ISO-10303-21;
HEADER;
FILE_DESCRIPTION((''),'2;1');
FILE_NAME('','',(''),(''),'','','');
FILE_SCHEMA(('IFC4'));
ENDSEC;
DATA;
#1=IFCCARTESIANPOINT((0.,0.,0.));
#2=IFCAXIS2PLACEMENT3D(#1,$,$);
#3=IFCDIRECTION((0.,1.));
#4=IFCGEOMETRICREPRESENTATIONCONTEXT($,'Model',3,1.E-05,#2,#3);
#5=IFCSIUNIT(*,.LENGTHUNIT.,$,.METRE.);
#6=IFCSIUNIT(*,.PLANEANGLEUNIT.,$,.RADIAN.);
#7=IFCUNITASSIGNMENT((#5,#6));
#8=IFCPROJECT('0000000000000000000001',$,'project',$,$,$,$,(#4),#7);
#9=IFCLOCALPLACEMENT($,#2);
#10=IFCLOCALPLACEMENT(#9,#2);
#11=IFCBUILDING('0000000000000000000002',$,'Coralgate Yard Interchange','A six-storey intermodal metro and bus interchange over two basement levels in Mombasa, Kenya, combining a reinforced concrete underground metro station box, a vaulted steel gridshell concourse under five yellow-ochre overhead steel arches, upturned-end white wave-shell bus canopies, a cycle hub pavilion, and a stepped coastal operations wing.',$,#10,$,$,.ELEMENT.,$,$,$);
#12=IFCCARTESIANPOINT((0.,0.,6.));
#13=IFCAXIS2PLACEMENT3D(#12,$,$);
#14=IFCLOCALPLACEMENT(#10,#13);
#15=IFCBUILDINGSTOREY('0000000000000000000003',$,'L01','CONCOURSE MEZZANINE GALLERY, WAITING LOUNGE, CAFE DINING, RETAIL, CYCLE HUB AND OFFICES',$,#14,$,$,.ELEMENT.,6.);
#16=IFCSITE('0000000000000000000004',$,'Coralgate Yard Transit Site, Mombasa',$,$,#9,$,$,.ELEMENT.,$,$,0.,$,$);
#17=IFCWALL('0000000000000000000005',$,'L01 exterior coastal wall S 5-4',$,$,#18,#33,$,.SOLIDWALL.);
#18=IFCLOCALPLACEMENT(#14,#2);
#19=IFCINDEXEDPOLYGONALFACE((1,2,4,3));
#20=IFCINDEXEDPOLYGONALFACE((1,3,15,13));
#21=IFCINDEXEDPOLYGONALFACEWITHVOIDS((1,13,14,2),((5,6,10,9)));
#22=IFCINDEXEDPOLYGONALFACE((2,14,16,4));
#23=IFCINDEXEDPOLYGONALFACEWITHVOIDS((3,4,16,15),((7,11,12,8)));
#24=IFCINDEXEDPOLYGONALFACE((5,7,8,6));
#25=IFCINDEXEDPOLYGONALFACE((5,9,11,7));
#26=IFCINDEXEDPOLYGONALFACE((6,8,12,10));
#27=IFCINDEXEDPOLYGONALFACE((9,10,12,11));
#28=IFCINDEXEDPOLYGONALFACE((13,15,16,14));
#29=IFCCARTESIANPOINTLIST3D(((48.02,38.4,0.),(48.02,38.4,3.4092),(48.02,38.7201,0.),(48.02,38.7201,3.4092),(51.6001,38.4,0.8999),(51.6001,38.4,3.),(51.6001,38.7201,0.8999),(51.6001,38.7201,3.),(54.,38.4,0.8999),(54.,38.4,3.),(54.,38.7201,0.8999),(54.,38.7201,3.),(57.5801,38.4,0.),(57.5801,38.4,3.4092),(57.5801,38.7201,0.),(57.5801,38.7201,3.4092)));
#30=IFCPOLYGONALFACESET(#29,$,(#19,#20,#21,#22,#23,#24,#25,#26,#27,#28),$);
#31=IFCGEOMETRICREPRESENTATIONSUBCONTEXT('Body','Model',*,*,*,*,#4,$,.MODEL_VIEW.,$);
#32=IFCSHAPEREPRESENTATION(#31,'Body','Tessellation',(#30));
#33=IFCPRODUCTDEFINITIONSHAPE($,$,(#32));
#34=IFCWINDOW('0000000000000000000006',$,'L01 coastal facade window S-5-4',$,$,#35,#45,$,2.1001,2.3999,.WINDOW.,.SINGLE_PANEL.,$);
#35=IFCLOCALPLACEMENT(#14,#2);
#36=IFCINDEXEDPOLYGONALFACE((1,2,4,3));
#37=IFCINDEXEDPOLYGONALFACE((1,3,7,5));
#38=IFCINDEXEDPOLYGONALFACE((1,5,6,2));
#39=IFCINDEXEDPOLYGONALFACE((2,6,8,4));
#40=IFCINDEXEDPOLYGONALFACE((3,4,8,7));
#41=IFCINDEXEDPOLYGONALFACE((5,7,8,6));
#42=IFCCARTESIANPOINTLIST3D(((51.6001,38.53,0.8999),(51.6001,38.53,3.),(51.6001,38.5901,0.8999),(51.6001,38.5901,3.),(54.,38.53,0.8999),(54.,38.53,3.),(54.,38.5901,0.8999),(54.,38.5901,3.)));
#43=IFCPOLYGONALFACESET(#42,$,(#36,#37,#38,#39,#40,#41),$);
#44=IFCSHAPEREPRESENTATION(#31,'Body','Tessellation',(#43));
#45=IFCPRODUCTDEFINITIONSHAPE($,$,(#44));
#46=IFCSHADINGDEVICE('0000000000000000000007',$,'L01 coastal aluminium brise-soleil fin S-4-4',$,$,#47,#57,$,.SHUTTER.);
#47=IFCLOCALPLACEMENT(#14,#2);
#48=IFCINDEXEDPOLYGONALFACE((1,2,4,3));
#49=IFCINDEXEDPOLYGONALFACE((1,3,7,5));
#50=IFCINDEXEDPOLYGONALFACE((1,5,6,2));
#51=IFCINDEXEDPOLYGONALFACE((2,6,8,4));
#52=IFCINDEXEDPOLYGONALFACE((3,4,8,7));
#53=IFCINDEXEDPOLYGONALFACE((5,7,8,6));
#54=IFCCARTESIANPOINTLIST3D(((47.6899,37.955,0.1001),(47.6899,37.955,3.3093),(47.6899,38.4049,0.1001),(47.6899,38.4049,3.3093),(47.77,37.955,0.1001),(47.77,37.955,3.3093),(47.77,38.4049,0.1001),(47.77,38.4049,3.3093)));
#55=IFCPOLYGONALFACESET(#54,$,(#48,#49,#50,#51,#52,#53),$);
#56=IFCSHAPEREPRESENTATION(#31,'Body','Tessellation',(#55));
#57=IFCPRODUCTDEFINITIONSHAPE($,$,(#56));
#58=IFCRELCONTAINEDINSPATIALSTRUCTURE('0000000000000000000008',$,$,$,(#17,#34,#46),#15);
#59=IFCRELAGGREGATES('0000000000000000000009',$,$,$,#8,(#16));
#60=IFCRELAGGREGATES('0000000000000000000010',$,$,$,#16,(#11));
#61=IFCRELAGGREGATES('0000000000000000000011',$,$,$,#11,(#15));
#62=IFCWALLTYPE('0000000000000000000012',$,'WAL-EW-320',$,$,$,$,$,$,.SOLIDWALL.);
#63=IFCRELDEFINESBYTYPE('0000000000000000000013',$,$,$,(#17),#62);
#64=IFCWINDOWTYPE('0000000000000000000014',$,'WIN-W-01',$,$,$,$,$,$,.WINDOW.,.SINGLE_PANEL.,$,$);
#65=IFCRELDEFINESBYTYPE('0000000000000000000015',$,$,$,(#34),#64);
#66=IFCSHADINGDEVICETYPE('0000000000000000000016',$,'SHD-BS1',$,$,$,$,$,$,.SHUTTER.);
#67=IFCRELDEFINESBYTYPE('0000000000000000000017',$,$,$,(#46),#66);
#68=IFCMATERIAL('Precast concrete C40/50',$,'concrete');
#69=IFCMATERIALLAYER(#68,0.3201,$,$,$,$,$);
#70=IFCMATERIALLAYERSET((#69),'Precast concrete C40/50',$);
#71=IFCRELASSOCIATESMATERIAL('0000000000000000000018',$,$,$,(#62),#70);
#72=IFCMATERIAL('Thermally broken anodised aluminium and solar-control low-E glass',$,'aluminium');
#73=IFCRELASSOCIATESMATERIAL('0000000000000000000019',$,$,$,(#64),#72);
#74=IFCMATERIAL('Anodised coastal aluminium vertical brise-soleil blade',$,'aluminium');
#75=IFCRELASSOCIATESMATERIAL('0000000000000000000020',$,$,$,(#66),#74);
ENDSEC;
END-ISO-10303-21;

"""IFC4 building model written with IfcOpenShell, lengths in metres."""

from ifc_helpers import new_model, si_unit, direction, frame, frame_2d, origin, origin_2d, place, context, subcontext, project, spatial, rectangle, extrude, material, layer, layer_set, type_object, element, fill, save


model = new_model("IFC4")

# Units and contexts
model_context = context("Model", 3, precision=1e-05, world=origin(), true_north=direction((0.0, 1.0)))
body_context = subcontext(model_context, "Body", "Model", "MODEL_VIEW")
ifc_project = project(units=[si_unit("LENGTHUNIT", "METRE"), si_unit("PLANEANGLEUNIT", "RADIAN")], contexts=[model_context])

# Site, building, storey
site_placement = place(None, origin())
site = spatial("IfcSite", under=ifc_project, at=site_placement, Name="Coralgate Yard Transit Site, Mombasa", CompositionType="ELEMENT", RefElevation=0.0)
building_placement = place(site_placement, origin())
building = spatial("IfcBuilding", under=site, at=building_placement, Name="Coralgate Yard Interchange", Description="A six-storey intermodal metro and bus interchange over two basement levels in Mombasa, Kenya, combining a reinforced concrete underground metro station box, a vaulted steel gridshell concourse under five yellow-ochre overhead steel arches, upturned-end white wave-shell bus canopies, a cycle hub pavilion, and a stepped coastal operations wing.", CompositionType="ELEMENT")
storey_placement = place(building_placement, frame((0.0, 0.0, 6.0)))
storey = spatial("IfcBuildingStorey", under=building, at=storey_placement, Name="L01", Description="CONCOURSE MEZZANINE GALLERY, WAITING LOUNGE, CAFE DINING, RETAIL, CYCLE HUB AND OFFICES", CompositionType="ELEMENT", Elevation=6.0)

# Wall, opening, window
ifc_material_1 = material(Name="Precast concrete C40/50", Category="concrete")
ifc_layer_1 = layer(ifc_material_1, 0.3201)
ifc_layer_set_1 = layer_set([ifc_layer_1], Name="Precast concrete C40/50")
wall_type = type_object("IfcWallType", Name="WAL-EW-320", PredefinedType="SOLIDWALL", material=ifc_layer_set_1)
wall_placement = place(storey_placement, frame((57.5801, 38.5601, 0.0), z_axis=(0.0, 0.0, 1.0), x_axis=(-1.0, 0.0, 0.0)))
wall = element("IfcWall", 1, at=wall_placement, inside=storey, type_object=wall_type, Name="L01 exterior coastal wall S 5-4", PredefinedType="SOLIDWALL", context=body_context, shape_type="SweptSolid", body=[
    extrude(rectangle(XDim=9.5601, YDim=0.3201, at=frame_2d((4.78, 0.0))), origin(), (0.0, 0.0, 1.0), 3.4092),
])
opening_placement = place(wall_placement, frame((3.5801, 0.0, 0.8999)))
opening = element("IfcOpeningElement", 2, at=opening_placement, cuts=wall, PredefinedType="OPENING", context=body_context, shape_type="SweptSolid", body=[
    extrude(rectangle(XDim=2.3999, YDim=2.1001, at=frame_2d((1.2, 1.05))), frame((0.0, 0.1699, 0.0), z_axis=(0.0, -1.0, 0.0), x_axis=(1.0, 0.0, 0.0)), (0.0, 0.0, 1.0), 0.3401),
])
ifc_material_2 = material(Name="Thermally broken anodised aluminium and solar-control low-E glass", Category="aluminium")
window_type = type_object("IfcWindowType", Name="WIN-W-01", PartitioningType="SINGLE_PANEL", PredefinedType="WINDOW", material=ifc_material_2)
window_placement = place(opening_placement, origin())
window = element("IfcWindow", 3, at=window_placement, inside=storey, type_object=window_type, Name="L01 coastal facade window S-5-4", OverallHeight=2.1001, OverallWidth=2.3999, PartitioningType="SINGLE_PANEL", PredefinedType="WINDOW", context=body_context, shape_type="SweptSolid", body=[
    extrude(rectangle(XDim=2.3999, YDim=2.1001, at=frame_2d((1.2, 1.05))), frame((0.0, 0.03, 0.0), z_axis=(0.0, -1.0, 0.0), x_axis=(1.0, 0.0, 0.0)), (0.0, 0.0, 1.0), 0.0601),
])
fill(opening, window)

# Shading device
ifc_material_3 = material(Name="Anodised coastal aluminium vertical brise-soleil blade", Category="aluminium")
shading_device_type = type_object("IfcShadingDeviceType", Name="SHD-BS1", PredefinedType="SHUTTER", material=ifc_material_3)
shading_device_placement = place(storey_placement, frame((47.73, 38.1799, 0.1001), z_axis=(0.0, 0.0, 1.0), x_axis=(-1.0, 0.0, 0.0)))
element("IfcShadingDevice", 4, at=shading_device_placement, inside=storey, type_object=shading_device_type, Name="L01 coastal aluminium brise-soleil fin S-4-4", PredefinedType="SHUTTER", context=body_context, shape_type="SweptSolid", body=[
    extrude(rectangle(XDim=0.0801, YDim=0.45, at=origin_2d()), origin(), (0.0, 0.0, 1.0), 3.2092),
])

save(model, "model.ifc")
